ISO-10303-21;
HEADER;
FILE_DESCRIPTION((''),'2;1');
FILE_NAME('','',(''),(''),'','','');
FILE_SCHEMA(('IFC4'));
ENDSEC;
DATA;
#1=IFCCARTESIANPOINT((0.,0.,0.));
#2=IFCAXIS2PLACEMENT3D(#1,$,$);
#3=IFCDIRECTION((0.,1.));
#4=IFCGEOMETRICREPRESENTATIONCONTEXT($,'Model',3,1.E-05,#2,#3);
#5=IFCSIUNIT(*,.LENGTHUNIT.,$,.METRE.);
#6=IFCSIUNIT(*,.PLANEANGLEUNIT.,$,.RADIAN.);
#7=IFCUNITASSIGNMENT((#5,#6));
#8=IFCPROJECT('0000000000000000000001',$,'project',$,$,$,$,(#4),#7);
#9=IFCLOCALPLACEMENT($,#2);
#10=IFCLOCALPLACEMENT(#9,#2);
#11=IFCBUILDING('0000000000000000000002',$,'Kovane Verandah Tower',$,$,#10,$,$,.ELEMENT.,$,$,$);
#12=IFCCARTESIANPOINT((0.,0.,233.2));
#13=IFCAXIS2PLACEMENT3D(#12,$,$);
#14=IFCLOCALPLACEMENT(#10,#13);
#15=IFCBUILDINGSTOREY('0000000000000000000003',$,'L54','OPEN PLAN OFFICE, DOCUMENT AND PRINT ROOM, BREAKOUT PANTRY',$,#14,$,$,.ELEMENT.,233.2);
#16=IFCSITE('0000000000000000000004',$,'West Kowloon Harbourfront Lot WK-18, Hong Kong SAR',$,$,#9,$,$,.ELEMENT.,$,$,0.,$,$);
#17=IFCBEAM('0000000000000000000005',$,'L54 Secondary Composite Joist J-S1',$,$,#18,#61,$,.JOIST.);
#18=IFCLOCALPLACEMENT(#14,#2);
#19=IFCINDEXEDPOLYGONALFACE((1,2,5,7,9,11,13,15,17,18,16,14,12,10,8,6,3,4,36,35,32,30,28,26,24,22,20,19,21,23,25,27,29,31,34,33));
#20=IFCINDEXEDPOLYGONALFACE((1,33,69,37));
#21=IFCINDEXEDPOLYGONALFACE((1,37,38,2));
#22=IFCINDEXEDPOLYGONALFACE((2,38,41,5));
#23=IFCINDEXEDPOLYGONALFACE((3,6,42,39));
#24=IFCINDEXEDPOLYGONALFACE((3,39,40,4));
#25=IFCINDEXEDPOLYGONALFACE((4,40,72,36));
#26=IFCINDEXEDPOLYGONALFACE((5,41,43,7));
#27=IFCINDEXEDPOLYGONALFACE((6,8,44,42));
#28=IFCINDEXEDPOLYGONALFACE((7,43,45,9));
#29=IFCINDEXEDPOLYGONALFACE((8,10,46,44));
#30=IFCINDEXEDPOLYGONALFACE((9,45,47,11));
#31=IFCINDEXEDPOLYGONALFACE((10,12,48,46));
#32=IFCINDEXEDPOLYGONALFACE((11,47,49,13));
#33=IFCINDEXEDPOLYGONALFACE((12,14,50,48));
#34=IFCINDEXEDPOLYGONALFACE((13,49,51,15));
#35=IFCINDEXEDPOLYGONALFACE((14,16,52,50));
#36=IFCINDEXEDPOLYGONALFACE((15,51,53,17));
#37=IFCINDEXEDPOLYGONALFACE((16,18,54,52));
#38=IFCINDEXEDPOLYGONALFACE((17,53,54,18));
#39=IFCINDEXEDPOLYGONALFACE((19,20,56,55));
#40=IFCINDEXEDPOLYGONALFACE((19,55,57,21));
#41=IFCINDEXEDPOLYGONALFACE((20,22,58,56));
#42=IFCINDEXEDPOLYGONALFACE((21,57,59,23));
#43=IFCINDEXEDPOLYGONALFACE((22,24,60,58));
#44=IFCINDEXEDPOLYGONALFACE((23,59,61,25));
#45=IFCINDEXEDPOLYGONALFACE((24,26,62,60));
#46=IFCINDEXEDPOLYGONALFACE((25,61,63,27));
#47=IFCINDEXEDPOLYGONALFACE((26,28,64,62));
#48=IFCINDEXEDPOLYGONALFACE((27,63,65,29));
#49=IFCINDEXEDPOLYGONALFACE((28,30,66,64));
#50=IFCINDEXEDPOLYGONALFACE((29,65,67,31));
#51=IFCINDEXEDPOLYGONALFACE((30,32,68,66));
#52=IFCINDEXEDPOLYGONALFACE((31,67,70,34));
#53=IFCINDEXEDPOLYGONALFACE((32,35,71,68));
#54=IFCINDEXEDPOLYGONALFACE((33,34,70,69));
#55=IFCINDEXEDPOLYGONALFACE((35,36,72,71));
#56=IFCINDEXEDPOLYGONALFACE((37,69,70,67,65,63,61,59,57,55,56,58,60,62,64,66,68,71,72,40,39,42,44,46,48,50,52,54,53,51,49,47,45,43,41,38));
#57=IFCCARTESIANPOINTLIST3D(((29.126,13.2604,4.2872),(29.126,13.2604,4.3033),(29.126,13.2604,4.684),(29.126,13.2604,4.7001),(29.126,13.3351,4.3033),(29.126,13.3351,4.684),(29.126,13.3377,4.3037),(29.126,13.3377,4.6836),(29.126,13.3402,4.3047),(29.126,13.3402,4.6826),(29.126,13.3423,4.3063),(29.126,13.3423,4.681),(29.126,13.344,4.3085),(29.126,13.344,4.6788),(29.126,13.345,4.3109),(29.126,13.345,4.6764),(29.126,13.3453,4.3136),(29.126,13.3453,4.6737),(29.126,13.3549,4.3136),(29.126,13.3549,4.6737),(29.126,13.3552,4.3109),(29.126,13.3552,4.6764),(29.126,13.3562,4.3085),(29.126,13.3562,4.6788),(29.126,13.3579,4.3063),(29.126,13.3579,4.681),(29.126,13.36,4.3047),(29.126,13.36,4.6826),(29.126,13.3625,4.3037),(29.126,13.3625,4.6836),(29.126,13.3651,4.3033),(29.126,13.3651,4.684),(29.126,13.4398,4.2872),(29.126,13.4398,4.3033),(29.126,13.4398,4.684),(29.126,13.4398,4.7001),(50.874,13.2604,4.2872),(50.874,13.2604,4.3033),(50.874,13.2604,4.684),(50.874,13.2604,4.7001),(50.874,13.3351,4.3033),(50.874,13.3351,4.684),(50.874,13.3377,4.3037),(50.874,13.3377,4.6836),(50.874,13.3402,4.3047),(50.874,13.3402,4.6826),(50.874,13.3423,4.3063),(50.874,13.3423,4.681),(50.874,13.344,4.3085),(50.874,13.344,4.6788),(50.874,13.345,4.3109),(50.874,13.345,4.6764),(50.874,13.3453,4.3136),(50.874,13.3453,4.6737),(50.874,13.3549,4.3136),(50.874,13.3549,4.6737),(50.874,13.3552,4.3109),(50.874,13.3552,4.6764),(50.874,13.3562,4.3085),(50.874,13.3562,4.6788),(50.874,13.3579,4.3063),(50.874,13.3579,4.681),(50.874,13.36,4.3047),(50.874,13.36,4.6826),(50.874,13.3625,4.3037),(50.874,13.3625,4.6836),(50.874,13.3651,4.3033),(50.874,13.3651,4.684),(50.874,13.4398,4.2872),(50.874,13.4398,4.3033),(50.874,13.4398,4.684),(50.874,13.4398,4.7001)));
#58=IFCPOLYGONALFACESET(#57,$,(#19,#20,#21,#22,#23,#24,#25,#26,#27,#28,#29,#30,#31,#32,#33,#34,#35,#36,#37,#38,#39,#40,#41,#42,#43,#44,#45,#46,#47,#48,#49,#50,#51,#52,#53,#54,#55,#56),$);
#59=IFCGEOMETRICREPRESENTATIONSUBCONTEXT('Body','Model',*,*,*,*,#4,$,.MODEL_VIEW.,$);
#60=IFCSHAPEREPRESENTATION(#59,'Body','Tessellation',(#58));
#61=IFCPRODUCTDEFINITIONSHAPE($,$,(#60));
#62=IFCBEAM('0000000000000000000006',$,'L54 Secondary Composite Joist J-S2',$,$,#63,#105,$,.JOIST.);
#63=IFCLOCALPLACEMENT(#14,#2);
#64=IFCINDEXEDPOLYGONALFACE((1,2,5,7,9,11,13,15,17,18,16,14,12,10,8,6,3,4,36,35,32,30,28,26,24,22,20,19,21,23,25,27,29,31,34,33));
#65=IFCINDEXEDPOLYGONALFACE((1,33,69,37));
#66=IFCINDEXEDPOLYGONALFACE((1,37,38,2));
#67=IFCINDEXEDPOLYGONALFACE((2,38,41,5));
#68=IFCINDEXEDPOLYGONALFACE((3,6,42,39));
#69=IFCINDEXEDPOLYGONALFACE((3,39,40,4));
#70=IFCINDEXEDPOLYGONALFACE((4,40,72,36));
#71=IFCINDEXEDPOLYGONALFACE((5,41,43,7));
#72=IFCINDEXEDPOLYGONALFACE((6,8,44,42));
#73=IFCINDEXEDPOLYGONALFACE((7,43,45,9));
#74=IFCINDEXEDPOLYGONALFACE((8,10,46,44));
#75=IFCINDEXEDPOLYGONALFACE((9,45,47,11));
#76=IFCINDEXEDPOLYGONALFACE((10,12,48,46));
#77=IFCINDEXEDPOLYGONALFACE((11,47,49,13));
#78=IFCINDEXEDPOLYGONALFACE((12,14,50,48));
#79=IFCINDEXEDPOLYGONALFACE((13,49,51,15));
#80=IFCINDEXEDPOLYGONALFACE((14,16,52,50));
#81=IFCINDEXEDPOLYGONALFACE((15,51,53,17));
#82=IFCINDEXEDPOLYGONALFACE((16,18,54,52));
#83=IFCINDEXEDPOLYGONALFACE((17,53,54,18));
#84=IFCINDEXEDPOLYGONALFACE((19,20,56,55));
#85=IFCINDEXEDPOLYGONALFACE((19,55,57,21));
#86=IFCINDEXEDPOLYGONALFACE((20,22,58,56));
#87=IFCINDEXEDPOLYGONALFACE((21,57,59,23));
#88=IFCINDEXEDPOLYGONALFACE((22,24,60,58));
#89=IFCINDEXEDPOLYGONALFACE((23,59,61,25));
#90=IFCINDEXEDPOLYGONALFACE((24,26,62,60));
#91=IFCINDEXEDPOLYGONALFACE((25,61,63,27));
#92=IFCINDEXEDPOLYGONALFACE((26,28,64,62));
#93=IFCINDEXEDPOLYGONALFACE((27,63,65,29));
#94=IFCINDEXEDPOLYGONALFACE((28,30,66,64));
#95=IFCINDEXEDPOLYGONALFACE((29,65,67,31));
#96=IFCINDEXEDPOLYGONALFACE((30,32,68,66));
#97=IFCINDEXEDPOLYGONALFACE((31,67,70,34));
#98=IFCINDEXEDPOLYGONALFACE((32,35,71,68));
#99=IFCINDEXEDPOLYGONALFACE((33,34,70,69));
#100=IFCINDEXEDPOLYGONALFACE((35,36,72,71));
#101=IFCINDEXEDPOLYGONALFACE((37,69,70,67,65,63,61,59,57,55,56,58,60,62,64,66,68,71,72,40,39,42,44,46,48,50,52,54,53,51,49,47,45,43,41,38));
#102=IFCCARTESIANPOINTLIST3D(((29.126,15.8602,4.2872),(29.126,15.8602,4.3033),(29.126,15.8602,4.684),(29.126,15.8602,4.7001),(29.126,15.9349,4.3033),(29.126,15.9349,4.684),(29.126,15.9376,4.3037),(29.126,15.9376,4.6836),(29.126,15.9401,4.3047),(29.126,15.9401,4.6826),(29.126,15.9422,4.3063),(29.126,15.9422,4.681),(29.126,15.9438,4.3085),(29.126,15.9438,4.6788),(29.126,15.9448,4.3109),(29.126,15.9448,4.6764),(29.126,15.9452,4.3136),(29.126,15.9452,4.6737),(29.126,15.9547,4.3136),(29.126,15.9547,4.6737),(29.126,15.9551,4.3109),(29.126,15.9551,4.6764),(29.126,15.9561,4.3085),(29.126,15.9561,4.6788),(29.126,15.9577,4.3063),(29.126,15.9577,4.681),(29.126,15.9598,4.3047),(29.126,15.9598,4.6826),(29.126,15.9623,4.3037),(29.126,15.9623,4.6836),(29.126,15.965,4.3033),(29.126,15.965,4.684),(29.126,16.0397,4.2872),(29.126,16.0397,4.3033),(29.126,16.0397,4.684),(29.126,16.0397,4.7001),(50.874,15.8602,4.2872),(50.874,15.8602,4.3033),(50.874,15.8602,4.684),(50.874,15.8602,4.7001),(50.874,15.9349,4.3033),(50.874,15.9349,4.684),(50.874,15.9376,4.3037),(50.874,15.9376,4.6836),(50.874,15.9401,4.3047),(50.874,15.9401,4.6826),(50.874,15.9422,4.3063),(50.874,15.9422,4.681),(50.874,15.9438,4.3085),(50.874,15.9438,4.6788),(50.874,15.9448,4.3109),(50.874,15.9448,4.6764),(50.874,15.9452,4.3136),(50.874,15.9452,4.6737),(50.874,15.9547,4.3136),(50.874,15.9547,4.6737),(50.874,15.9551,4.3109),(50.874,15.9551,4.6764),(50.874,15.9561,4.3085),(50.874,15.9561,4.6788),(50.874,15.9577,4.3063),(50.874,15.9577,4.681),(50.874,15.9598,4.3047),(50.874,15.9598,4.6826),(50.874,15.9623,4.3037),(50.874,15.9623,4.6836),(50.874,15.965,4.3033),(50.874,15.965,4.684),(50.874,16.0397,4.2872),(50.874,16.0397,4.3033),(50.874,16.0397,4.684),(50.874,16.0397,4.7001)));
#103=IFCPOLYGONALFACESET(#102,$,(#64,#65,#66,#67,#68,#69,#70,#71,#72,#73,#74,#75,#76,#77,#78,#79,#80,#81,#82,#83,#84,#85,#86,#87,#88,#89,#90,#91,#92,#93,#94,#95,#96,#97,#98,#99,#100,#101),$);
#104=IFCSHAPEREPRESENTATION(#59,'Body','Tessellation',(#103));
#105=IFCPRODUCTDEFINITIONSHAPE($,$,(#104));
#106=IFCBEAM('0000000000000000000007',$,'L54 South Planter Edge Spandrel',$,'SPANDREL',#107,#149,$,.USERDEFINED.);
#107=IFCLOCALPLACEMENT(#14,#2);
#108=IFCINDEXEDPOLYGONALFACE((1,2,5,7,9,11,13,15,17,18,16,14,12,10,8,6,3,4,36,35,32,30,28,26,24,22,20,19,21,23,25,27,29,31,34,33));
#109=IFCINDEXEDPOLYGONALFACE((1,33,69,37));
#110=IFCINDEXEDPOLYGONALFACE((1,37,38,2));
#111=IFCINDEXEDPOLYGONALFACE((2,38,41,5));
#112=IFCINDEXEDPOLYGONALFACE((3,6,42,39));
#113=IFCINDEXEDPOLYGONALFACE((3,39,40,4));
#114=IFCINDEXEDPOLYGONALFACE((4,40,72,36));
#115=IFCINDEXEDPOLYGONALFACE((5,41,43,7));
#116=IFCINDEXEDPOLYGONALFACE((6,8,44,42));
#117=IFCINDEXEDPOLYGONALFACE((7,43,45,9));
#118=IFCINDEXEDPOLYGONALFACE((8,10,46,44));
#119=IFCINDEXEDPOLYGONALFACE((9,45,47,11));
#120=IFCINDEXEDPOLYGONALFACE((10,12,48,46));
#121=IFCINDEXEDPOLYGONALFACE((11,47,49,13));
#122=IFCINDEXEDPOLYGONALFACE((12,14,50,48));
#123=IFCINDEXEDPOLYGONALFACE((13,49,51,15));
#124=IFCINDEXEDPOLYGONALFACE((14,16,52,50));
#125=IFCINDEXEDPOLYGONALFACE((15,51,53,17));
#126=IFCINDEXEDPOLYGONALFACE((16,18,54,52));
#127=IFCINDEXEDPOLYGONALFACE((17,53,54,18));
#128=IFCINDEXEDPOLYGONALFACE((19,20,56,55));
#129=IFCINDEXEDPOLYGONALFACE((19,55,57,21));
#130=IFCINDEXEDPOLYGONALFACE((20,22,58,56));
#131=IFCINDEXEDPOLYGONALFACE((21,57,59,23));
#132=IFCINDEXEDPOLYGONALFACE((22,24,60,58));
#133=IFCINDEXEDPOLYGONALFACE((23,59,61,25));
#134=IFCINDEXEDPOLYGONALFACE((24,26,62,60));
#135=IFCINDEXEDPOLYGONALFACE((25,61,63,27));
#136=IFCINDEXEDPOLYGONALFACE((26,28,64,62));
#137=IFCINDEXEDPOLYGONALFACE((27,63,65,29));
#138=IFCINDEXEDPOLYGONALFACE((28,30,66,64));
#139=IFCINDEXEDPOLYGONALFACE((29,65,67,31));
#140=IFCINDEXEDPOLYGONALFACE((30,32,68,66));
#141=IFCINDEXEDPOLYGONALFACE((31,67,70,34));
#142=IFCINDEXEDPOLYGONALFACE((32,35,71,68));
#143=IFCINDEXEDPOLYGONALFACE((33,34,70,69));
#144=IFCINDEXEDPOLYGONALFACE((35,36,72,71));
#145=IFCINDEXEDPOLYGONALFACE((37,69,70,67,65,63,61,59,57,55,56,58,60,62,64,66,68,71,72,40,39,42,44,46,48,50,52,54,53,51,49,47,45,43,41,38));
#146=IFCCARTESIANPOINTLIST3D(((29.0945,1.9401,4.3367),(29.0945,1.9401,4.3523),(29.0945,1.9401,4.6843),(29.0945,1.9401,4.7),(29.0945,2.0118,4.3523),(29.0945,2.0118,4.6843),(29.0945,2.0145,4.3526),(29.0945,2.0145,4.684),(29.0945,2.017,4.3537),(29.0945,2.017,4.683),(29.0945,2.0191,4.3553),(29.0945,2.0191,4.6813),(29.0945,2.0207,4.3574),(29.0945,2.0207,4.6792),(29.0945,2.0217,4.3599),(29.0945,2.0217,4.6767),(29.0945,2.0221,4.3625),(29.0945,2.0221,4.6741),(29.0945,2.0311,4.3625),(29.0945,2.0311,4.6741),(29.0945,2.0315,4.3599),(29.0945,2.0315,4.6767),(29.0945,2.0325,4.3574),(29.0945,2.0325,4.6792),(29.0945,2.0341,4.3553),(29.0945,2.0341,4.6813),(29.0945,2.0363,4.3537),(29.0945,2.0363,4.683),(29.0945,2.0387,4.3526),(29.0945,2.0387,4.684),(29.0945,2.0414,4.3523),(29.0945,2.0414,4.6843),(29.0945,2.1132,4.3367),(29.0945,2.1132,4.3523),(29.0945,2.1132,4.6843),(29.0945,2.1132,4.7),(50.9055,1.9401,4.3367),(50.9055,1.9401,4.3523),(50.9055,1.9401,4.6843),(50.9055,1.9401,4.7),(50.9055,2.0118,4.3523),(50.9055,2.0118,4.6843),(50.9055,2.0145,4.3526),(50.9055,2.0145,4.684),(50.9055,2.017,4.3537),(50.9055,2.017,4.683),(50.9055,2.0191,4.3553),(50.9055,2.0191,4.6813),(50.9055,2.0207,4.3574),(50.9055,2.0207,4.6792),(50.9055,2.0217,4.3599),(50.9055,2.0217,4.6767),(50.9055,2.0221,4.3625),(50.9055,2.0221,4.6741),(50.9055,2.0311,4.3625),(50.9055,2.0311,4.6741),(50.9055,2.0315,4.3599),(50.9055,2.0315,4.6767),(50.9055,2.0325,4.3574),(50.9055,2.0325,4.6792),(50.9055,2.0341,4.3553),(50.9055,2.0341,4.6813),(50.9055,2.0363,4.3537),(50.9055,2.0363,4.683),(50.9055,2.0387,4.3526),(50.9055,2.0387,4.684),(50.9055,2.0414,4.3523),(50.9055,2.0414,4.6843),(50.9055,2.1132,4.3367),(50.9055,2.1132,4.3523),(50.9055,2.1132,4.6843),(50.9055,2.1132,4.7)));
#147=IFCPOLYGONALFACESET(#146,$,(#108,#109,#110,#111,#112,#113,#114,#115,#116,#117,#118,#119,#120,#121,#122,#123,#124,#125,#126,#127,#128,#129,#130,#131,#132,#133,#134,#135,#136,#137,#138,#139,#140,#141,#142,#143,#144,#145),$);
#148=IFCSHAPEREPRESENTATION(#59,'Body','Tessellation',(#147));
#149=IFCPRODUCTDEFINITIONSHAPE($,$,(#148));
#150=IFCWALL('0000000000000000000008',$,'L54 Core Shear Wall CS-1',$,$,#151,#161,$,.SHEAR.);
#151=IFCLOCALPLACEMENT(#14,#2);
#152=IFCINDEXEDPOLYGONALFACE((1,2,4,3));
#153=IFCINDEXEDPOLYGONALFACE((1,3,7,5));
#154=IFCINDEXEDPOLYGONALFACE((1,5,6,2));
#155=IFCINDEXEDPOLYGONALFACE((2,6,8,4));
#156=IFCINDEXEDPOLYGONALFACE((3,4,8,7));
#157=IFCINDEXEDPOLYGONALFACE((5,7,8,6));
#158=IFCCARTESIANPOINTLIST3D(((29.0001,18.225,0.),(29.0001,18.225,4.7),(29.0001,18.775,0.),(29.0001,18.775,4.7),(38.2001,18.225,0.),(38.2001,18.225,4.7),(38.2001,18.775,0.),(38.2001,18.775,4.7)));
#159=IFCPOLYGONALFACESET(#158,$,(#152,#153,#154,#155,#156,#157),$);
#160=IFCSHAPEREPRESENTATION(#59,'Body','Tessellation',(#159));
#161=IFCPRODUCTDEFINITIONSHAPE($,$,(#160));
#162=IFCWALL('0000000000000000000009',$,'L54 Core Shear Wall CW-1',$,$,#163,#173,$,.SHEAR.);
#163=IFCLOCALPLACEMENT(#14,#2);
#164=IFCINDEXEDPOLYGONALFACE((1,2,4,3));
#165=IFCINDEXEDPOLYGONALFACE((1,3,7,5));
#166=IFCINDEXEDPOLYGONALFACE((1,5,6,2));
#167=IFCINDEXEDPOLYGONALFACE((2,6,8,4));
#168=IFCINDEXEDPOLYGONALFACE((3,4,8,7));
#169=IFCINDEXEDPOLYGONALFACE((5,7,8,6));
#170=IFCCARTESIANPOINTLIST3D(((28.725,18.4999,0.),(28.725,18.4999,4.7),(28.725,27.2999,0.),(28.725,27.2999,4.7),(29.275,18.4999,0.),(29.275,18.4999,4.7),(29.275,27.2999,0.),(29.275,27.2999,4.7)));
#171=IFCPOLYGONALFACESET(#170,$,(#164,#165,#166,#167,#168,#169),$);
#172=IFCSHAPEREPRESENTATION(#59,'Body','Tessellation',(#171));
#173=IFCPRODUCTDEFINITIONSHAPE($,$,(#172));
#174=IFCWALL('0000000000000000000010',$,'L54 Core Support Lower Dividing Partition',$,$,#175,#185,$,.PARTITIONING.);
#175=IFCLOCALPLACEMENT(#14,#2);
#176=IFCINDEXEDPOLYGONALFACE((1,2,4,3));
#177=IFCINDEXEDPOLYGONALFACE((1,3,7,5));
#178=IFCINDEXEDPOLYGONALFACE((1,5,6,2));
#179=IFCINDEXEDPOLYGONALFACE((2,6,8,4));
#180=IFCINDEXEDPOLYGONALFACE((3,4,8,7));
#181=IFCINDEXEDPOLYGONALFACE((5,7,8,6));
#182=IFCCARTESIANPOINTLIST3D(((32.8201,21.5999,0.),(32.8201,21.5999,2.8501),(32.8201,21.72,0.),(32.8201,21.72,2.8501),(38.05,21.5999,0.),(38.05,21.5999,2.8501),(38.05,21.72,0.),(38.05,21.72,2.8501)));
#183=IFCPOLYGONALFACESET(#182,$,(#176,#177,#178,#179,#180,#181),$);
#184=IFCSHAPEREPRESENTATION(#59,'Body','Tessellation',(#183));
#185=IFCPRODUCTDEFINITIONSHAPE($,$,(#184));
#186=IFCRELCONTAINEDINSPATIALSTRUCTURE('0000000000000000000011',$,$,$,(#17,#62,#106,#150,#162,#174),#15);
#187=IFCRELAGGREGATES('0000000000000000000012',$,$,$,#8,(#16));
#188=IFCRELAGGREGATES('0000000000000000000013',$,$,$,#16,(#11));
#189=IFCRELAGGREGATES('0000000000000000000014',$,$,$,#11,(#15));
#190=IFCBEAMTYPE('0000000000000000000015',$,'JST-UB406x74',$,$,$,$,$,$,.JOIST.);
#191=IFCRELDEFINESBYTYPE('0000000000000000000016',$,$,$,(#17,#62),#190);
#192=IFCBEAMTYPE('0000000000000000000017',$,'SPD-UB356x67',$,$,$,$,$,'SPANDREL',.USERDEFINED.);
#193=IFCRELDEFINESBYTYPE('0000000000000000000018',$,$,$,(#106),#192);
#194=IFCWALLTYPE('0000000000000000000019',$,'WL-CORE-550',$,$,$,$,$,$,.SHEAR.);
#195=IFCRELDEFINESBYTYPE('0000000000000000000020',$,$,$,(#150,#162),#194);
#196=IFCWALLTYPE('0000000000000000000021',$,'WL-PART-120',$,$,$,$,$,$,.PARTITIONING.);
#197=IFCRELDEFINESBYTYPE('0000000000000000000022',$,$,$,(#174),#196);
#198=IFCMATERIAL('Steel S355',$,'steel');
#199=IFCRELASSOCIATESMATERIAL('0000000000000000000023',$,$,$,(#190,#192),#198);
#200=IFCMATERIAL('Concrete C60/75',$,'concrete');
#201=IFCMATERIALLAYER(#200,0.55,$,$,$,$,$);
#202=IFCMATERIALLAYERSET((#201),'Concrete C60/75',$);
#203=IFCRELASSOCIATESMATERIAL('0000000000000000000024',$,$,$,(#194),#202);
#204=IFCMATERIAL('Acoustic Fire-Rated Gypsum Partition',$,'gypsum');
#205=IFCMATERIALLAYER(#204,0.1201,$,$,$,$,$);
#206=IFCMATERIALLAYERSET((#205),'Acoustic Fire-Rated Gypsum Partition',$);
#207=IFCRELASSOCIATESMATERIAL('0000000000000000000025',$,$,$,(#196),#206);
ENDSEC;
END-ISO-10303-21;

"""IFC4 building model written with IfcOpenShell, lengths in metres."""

from ifc_helpers import new_model, si_unit, direction, frame, frame_2d, origin, origin_2d, place, context, subcontext, project, spatial, rectangle, i_section, extrude, material, layer, layer_set, material_profile, profile_set, type_object, element, save


model = new_model("IFC4")

# Units and contexts
model_context = context("Model", 3, precision=1e-05, world=origin(), true_north=direction((0.0, 1.0)))
body_context = subcontext(model_context, "Body", "Model", "MODEL_VIEW")
ifc_project = project(units=[si_unit("LENGTHUNIT", "METRE"), si_unit("PLANEANGLEUNIT", "RADIAN")], contexts=[model_context])

# Site, building, storey
site_placement = place(None, origin())
site = spatial("IfcSite", under=ifc_project, at=site_placement, Name="West Kowloon Harbourfront Lot WK-18, Hong Kong SAR", CompositionType="ELEMENT", RefElevation=0.0)
building_placement = place(site_placement, origin())
building = spatial("IfcBuilding", under=site, at=building_placement, Name="Kovane Verandah Tower", CompositionType="ELEMENT")
storey_placement = place(building_placement, frame((0.0, 0.0, 233.2)))
storey = spatial("IfcBuildingStorey", under=building, at=storey_placement, Name="L54", Description="OPEN PLAN OFFICE, DOCUMENT AND PRINT ROOM, BREAKOUT PANTRY", CompositionType="ELEMENT", Elevation=233.2)

# Shared definitions
ifc_material_1 = material(Name="Concrete C60/75", Category="concrete")

# Beams
ifc_material_2 = material(Name="Steel S355", Category="steel")
ifc_material_profile_1 = material_profile(ifc_material_2, i_section(OverallWidth=0.1794, OverallDepth=0.4128, WebThickness=0.0095, FlangeThickness=0.0161, FilletRadius=0.0103, at=origin_2d()), Name="UB406x178x74")
ifc_profile_set_1 = profile_set([ifc_material_profile_1], Name="Steel S355")
beam_type_1 = type_object("IfcBeamType", Name="JST-UB406x74", PredefinedType="JOIST", material=ifc_profile_set_1)
for number, where, z_axis, x_axis, name in (
    (1, (29.126, 13.3501, 4.4937), (1.0, 0.0, 0.0), (0.0, 1.0, 0.0), "L54 Secondary Composite Joist J-S1"),
    (2, (29.126, 15.95, 4.4937), (1.0, 0.0, 0.0), (0.0, 1.0, 0.0), "L54 Secondary Composite Joist J-S2"),
):
    element("IfcBeam", number, at=place(storey_placement, frame(where, z_axis=z_axis, x_axis=x_axis)), inside=storey, type_object=beam_type_1, Name=name, PredefinedType="JOIST", context=body_context, shape_type="SweptSolid", body=[
        extrude(i_section(OverallWidth=0.1794, OverallDepth=0.4128, WebThickness=0.0095, FlangeThickness=0.0161, FilletRadius=0.0103, at=origin_2d()), origin(), (0.0, 0.0, 1.0), 21.748),
    ])
ifc_material_profile_2 = material_profile(ifc_material_2, i_section(OverallWidth=0.1731, OverallDepth=0.3633, WebThickness=0.009, FlangeThickness=0.0156, FilletRadius=0.0103, at=origin_2d()), Name="UB356x171x67")
ifc_profile_set_2 = profile_set([ifc_material_profile_2], Name="Steel S355")
beam_type_2 = type_object("IfcBeamType", Name="SPD-UB356x67", ElementType="SPANDREL", PredefinedType="USERDEFINED", material=ifc_profile_set_2)
beam_1_placement = place(storey_placement, frame((29.0945, 2.0266, 4.5183), z_axis=(1.0, 0.0, 0.0), x_axis=(0.0, 1.0, 0.0)))
element("IfcBeam", 3, at=beam_1_placement, inside=storey, type_object=beam_type_2, Name="L54 South Planter Edge Spandrel", ObjectType="SPANDREL", PredefinedType="USERDEFINED", context=body_context, shape_type="SweptSolid", body=[
    extrude(i_section(OverallWidth=0.1731, OverallDepth=0.3633, WebThickness=0.009, FlangeThickness=0.0156, FilletRadius=0.0103, at=origin_2d()), origin(), (0.0, 0.0, 1.0), 21.811),
])

# Walls
ifc_layer_1 = layer(ifc_material_1, 0.55)
ifc_layer_set_1 = layer_set([ifc_layer_1], Name="Concrete C60/75")
wall_type_1 = type_object("IfcWallType", Name="WL-CORE-550", PredefinedType="SHEAR", material=ifc_layer_set_1)
wall_1_placement = place(storey_placement, frame((29.0, 18.5, 0.0), z_axis=(0.0, 0.0, 1.0), x_axis=(1.0, 0.0, 0.0)))
element("IfcWall", 4, at=wall_1_placement, inside=storey, type_object=wall_type_1, Name="L54 Core Shear Wall CS-1", PredefinedType="SHEAR", context=body_context, shape_type="SweptSolid", body=[
    extrude(rectangle(XDim=9.2, YDim=0.55, at=frame_2d((4.6001, 0.0))), origin(), (0.0, 0.0, 1.0), 4.7),
])
wall_2_placement = place(storey_placement, frame((29.0, 18.5, 0.0), z_axis=(0.0, 0.0, 1.0), x_axis=(0.0, 1.0, 0.0)))
element("IfcWall", 5, at=wall_2_placement, inside=storey, type_object=wall_type_1, Name="L54 Core Shear Wall CW-1", PredefinedType="SHEAR", context=body_context, shape_type="SweptSolid", body=[
    extrude(rectangle(XDim=8.8, YDim=0.55, at=frame_2d((4.3999, 0.0))), origin(), (0.0, 0.0, 1.0), 4.7),
])
ifc_material_3 = material(Name="Acoustic Fire-Rated Gypsum Partition", Category="gypsum")
ifc_layer_2 = layer(ifc_material_3, 0.1201)
ifc_layer_set_2 = layer_set([ifc_layer_2], Name="Acoustic Fire-Rated Gypsum Partition")
wall_type_2 = type_object("IfcWallType", Name="WL-PART-120", PredefinedType="PARTITIONING", material=ifc_layer_set_2)
wall_3_placement = place(storey_placement, frame((32.8201, 21.6599, 0.0), z_axis=(0.0, 0.0, 1.0), x_axis=(1.0, 0.0, 0.0)))
element("IfcWall", 6, at=wall_3_placement, inside=storey, type_object=wall_type_2, Name="L54 Core Support Lower Dividing Partition", PredefinedType="PARTITIONING", context=body_context, shape_type="SweptSolid", body=[
    extrude(rectangle(XDim=5.23, YDim=0.1201, at=frame_2d((2.615, 0.0))), origin(), (0.0, 0.0, 1.0), 2.8501),
])

save(model, "model.ifc")
